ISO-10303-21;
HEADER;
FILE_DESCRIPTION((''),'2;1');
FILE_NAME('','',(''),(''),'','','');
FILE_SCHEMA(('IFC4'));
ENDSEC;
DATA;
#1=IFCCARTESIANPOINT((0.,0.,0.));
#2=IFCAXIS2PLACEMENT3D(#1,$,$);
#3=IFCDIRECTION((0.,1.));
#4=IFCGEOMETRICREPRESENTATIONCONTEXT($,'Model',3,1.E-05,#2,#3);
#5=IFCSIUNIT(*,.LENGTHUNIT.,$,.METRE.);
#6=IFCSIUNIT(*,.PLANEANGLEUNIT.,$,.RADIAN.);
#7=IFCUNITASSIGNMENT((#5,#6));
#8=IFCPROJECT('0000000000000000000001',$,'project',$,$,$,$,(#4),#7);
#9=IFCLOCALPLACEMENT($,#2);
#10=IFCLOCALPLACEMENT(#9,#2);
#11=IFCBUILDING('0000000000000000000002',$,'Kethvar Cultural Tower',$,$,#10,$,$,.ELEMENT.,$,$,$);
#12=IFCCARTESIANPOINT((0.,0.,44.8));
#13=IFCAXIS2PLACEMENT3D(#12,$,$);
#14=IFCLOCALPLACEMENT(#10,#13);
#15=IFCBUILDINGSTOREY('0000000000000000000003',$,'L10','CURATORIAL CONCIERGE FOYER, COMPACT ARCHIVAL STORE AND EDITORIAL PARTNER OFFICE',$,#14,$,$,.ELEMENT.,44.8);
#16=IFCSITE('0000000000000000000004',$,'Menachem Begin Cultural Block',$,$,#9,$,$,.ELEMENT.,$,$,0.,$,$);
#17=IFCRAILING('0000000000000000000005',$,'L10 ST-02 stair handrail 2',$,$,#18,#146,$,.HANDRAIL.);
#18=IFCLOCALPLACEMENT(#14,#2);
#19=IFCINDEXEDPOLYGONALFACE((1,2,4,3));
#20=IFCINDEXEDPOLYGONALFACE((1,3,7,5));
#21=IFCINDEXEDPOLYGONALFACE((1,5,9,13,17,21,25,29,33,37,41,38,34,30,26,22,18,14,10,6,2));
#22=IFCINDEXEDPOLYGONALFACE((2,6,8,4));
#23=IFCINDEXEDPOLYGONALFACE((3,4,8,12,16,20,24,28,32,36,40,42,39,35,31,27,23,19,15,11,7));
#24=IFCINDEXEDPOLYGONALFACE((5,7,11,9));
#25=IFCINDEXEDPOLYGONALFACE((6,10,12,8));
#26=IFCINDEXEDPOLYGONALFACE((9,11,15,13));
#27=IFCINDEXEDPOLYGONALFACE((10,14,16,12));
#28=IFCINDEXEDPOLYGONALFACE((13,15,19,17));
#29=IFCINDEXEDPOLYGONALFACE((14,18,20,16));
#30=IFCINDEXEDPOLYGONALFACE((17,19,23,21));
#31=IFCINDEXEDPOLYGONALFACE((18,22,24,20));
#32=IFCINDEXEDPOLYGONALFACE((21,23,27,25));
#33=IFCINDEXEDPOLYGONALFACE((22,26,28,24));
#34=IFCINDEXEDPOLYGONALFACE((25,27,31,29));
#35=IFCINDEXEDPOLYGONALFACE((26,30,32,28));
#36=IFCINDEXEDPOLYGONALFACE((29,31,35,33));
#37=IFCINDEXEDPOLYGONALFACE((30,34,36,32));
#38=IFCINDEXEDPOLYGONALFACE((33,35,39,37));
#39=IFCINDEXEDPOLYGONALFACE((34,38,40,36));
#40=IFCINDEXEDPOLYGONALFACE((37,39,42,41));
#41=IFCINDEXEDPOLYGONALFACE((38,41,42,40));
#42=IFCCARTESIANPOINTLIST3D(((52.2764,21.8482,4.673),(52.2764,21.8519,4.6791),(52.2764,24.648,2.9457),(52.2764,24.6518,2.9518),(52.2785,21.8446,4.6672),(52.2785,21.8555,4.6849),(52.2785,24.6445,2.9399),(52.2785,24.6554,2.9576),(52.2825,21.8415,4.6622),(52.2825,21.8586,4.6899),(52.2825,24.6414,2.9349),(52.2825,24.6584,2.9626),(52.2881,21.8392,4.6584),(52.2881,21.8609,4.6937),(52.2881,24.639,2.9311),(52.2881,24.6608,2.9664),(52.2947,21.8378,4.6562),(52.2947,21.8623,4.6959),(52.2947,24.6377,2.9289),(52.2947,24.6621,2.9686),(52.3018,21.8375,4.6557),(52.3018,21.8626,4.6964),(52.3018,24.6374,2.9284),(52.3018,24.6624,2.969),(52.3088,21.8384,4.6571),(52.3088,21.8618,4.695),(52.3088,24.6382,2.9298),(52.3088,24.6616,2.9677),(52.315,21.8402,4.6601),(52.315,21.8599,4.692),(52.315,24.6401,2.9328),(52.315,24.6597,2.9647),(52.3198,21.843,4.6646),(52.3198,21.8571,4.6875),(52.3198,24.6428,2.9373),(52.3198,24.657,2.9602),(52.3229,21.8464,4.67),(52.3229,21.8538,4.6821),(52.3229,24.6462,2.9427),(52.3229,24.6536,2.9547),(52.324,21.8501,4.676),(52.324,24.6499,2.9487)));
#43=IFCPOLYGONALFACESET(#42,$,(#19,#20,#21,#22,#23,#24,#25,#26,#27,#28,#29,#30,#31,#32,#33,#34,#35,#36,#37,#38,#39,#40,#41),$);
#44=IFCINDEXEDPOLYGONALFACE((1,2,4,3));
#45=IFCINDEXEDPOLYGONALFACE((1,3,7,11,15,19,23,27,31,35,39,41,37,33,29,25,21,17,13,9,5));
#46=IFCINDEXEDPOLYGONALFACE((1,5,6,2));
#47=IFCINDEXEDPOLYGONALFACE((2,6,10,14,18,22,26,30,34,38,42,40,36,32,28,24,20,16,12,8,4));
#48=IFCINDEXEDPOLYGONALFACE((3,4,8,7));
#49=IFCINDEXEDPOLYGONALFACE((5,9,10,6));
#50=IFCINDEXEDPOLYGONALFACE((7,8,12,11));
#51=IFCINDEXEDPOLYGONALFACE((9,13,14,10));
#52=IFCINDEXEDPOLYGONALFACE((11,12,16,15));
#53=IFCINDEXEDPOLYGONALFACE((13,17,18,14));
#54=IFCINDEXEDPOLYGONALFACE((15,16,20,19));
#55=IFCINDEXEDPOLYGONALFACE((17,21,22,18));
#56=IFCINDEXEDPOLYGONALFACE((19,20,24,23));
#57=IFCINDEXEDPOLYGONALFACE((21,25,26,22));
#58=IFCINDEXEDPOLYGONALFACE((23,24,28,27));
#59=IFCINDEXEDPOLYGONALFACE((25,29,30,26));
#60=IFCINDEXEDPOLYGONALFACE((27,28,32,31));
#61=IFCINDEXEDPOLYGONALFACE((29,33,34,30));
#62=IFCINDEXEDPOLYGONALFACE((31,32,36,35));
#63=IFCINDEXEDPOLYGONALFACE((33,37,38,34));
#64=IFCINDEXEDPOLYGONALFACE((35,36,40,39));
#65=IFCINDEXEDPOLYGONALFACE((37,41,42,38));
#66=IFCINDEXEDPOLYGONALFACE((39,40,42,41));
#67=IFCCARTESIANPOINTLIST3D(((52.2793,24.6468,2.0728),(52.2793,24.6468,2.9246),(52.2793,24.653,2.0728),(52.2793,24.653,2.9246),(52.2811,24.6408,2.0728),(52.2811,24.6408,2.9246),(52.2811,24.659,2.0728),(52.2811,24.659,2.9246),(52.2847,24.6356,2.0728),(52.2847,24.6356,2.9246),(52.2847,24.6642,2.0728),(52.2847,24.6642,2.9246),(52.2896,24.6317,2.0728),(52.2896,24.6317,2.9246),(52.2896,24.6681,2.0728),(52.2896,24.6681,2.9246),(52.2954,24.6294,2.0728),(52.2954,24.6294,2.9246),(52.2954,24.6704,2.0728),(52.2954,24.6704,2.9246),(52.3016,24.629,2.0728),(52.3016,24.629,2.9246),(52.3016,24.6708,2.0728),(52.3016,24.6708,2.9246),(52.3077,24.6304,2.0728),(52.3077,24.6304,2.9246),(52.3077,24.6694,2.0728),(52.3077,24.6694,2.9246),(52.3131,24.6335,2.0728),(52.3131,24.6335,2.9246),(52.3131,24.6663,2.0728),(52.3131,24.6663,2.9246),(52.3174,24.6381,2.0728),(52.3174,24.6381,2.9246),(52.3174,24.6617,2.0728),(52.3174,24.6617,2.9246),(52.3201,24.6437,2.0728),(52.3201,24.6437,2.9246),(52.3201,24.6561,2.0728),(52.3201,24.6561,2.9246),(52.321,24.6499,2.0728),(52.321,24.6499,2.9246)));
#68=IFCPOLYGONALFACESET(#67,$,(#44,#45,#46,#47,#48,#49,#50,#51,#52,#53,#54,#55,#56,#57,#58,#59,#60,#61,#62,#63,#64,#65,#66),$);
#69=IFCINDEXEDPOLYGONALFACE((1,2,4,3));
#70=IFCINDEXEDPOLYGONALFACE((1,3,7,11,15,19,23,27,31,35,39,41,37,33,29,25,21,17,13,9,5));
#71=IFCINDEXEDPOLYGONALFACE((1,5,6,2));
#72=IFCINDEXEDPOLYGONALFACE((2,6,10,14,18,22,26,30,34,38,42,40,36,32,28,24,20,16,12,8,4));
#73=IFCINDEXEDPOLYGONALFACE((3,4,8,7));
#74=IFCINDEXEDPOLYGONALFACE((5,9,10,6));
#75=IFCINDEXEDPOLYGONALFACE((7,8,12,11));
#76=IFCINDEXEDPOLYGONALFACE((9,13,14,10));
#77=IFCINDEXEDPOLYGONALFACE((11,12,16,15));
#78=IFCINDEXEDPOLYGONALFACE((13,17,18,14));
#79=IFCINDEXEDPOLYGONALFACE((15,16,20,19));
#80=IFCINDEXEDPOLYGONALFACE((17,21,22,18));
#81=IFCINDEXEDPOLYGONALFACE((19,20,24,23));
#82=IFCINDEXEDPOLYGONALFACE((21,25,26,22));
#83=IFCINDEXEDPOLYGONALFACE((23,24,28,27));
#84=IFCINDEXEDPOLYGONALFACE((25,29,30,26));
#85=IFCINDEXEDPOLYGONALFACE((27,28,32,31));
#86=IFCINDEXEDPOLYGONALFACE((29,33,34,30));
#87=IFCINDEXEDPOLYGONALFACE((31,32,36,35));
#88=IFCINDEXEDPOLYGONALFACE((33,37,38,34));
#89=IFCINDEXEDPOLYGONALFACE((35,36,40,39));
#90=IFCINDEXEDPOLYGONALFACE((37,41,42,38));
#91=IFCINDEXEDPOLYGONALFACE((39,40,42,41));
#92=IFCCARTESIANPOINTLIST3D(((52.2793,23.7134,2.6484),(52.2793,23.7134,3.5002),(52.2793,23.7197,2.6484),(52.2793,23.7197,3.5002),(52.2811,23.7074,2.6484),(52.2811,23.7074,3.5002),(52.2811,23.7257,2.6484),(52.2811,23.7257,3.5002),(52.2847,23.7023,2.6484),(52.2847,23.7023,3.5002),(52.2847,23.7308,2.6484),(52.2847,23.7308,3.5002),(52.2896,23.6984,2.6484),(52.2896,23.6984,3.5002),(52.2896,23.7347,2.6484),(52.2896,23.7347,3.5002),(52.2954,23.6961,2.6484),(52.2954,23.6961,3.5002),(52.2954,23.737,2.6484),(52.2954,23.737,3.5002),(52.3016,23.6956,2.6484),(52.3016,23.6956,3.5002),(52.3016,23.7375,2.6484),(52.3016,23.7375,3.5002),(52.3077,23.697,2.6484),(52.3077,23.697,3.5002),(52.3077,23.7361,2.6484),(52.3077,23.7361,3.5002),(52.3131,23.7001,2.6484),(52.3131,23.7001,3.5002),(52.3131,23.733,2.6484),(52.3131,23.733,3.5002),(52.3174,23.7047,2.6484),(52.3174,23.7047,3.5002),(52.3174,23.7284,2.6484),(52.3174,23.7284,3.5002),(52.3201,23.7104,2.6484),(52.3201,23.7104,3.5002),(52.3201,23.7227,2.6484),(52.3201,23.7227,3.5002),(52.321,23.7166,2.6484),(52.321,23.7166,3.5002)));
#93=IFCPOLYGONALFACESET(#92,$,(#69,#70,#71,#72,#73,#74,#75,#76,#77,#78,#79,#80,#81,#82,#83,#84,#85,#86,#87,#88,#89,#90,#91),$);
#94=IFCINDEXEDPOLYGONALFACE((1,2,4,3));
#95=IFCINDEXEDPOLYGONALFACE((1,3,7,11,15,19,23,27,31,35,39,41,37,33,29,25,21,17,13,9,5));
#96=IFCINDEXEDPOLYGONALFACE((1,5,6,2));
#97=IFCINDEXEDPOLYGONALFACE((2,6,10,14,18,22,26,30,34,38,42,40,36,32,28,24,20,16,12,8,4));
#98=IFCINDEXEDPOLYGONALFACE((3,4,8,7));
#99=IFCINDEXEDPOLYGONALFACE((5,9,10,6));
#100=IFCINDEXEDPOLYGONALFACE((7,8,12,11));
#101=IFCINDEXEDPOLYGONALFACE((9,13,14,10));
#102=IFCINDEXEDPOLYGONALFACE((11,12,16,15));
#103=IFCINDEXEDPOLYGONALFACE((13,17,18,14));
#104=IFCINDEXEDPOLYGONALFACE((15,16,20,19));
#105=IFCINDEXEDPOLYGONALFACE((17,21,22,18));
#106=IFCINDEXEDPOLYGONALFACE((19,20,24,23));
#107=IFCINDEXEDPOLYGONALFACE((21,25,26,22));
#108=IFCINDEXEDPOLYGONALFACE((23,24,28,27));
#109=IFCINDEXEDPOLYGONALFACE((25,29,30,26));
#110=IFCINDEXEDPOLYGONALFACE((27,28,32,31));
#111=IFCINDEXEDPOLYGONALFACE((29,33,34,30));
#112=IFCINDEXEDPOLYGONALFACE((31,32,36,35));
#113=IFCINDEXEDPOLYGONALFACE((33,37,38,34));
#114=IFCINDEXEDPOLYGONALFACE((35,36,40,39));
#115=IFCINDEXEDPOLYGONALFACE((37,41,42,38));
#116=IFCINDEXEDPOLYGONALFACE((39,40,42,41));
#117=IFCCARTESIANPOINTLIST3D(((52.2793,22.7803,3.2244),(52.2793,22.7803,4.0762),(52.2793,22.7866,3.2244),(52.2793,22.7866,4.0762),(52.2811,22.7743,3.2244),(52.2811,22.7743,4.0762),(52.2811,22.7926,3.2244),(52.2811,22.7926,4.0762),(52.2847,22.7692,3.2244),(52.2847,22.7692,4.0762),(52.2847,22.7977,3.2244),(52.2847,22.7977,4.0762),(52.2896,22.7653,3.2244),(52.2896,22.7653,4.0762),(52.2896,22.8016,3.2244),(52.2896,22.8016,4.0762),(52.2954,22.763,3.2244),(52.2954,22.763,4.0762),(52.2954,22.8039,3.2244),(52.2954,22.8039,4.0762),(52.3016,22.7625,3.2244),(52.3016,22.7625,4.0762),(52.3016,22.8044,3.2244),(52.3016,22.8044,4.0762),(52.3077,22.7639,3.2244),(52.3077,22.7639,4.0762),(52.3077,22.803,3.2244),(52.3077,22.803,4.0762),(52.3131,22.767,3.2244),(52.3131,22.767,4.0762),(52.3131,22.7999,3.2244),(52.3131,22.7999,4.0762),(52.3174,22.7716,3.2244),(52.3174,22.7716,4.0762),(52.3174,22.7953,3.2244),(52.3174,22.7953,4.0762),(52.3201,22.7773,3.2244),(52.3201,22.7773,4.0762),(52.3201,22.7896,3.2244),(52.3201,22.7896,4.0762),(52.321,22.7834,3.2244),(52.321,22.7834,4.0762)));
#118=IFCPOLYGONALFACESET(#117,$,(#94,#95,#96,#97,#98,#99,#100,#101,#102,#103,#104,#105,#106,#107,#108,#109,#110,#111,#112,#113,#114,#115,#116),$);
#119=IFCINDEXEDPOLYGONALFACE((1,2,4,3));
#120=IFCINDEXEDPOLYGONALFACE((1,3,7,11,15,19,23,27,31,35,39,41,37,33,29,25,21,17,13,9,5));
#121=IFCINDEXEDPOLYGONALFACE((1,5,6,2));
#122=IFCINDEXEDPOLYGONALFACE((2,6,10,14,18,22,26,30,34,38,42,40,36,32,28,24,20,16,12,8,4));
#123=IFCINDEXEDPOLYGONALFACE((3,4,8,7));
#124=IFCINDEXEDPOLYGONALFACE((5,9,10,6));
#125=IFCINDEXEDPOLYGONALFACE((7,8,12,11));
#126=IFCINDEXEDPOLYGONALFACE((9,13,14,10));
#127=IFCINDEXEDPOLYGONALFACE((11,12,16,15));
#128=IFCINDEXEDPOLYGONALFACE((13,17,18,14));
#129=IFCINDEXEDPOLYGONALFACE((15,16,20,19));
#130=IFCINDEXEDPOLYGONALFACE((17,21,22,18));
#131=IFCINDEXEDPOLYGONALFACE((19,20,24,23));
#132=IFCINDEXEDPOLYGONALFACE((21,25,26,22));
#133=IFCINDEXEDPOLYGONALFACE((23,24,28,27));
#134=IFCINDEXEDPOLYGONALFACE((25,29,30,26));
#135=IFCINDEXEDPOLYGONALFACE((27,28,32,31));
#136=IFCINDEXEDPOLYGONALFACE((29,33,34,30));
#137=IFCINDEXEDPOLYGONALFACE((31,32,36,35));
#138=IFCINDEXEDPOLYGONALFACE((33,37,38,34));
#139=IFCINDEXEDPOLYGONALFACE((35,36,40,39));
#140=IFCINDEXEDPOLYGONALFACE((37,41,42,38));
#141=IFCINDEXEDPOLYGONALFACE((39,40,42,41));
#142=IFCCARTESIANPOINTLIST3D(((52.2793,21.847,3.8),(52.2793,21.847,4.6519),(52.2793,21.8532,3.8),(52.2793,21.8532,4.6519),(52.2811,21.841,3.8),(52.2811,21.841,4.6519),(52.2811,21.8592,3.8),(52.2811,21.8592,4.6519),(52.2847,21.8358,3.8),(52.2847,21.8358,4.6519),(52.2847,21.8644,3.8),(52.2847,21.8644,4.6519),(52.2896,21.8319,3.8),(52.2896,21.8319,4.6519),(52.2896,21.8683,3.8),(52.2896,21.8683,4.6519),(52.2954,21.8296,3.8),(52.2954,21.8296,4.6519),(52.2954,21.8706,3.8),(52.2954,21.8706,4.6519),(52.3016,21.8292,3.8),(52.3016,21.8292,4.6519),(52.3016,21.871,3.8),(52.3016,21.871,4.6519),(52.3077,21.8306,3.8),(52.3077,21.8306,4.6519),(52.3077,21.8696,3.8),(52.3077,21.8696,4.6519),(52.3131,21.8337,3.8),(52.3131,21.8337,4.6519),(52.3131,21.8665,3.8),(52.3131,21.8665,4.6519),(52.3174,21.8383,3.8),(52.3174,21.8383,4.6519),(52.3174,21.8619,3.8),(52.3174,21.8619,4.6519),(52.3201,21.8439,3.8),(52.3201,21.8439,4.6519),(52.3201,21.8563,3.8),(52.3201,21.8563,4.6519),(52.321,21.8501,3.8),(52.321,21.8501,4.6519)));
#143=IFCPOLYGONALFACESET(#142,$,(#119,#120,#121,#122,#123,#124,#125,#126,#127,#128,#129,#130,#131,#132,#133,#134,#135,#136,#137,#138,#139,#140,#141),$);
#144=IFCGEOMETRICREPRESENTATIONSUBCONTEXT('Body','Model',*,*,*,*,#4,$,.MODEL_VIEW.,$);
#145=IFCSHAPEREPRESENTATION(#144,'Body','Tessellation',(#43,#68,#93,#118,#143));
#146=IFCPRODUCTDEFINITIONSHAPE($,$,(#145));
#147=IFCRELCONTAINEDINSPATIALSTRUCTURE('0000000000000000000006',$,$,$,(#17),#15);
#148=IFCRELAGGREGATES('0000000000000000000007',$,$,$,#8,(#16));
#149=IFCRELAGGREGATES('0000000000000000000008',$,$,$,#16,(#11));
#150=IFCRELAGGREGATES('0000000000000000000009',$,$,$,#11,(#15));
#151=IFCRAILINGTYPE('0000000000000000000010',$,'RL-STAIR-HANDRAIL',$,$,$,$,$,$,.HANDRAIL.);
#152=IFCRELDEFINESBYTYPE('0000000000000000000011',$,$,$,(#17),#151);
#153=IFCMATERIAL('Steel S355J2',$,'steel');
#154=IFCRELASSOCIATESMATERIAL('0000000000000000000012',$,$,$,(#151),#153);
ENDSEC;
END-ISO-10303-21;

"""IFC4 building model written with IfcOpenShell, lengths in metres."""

from ifc_helpers import new_model, si_unit, direction, frame, origin, origin_2d, place, context, subcontext, project, spatial, circle, extrude, material, type_object, element, save


model = new_model("IFC4")

# Units and contexts
model_context = context("Model", 3, precision=1e-05, world=origin(), true_north=direction((0.0, 1.0)))
body_context = subcontext(model_context, "Body", "Model", "MODEL_VIEW")
ifc_project = project(units=[si_unit("LENGTHUNIT", "METRE"), si_unit("PLANEANGLEUNIT", "RADIAN")], contexts=[model_context])

# Site, building, storey
site_placement = place(None, origin())
site = spatial("IfcSite", under=ifc_project, at=site_placement, Name="Menachem Begin Cultural Block", CompositionType="ELEMENT", RefElevation=0.0)
building_placement = place(site_placement, origin())
building = spatial("IfcBuilding", under=site, at=building_placement, Name="Kethvar Cultural Tower", CompositionType="ELEMENT")
storey_placement = place(building_placement, frame((0.0, 0.0, 44.8)))
storey = spatial("IfcBuildingStorey", under=building, at=storey_placement, Name="L10", Description="CURATORIAL CONCIERGE FOYER, COMPACT ARCHIVAL STORE AND EDITORIAL PARTNER OFFICE", CompositionType="ELEMENT", Elevation=44.8)

# Shared definitions
ifc_material_1 = material(Name="Steel S355J2", Category="steel")

# Railing
railing_type_1 = type_object("IfcRailingType", Name="RL-STAIR-HANDRAIL", PredefinedType="HANDRAIL", material=ifc_material_1)
railing_1_placement = place(storey_placement, frame((52.3, 24.6499, 2.0728)))
element("IfcRailing", 1, at=railing_1_placement, inside=storey, type_object=railing_type_1, Name="L10 ST-02 stair handrail 2", PredefinedType="HANDRAIL", context=body_context, shape_type="SweptSolid", body=[
    extrude(circle(Radius=0.0239, at=origin_2d()), frame((0.0, 0.0, 0.876), z_axis=(0.0, -0.851069, 0.525054), x_axis=(1.0, 0.0, 0.0)), (0.0, 0.0, 1.0), 3.2898),
    extrude(circle(Radius=0.021, at=origin_2d()), origin(), (0.0, 0.0, 1.0), 0.8518),
    extrude(circle(Radius=0.021, at=origin_2d()), frame((0.0, -0.9333, 0.5757)), (0.0, 0.0, 1.0), 0.8518),
    extrude(circle(Radius=0.021, at=origin_2d()), frame((0.0, -1.8665, 1.1516)), (0.0, 0.0, 1.0), 0.8518),
    extrude(circle(Radius=0.021, at=origin_2d()), frame((0.0, -2.7998, 1.7273)), (0.0, 0.0, 1.0), 0.8518),
])

save(model, "model.ifc")
